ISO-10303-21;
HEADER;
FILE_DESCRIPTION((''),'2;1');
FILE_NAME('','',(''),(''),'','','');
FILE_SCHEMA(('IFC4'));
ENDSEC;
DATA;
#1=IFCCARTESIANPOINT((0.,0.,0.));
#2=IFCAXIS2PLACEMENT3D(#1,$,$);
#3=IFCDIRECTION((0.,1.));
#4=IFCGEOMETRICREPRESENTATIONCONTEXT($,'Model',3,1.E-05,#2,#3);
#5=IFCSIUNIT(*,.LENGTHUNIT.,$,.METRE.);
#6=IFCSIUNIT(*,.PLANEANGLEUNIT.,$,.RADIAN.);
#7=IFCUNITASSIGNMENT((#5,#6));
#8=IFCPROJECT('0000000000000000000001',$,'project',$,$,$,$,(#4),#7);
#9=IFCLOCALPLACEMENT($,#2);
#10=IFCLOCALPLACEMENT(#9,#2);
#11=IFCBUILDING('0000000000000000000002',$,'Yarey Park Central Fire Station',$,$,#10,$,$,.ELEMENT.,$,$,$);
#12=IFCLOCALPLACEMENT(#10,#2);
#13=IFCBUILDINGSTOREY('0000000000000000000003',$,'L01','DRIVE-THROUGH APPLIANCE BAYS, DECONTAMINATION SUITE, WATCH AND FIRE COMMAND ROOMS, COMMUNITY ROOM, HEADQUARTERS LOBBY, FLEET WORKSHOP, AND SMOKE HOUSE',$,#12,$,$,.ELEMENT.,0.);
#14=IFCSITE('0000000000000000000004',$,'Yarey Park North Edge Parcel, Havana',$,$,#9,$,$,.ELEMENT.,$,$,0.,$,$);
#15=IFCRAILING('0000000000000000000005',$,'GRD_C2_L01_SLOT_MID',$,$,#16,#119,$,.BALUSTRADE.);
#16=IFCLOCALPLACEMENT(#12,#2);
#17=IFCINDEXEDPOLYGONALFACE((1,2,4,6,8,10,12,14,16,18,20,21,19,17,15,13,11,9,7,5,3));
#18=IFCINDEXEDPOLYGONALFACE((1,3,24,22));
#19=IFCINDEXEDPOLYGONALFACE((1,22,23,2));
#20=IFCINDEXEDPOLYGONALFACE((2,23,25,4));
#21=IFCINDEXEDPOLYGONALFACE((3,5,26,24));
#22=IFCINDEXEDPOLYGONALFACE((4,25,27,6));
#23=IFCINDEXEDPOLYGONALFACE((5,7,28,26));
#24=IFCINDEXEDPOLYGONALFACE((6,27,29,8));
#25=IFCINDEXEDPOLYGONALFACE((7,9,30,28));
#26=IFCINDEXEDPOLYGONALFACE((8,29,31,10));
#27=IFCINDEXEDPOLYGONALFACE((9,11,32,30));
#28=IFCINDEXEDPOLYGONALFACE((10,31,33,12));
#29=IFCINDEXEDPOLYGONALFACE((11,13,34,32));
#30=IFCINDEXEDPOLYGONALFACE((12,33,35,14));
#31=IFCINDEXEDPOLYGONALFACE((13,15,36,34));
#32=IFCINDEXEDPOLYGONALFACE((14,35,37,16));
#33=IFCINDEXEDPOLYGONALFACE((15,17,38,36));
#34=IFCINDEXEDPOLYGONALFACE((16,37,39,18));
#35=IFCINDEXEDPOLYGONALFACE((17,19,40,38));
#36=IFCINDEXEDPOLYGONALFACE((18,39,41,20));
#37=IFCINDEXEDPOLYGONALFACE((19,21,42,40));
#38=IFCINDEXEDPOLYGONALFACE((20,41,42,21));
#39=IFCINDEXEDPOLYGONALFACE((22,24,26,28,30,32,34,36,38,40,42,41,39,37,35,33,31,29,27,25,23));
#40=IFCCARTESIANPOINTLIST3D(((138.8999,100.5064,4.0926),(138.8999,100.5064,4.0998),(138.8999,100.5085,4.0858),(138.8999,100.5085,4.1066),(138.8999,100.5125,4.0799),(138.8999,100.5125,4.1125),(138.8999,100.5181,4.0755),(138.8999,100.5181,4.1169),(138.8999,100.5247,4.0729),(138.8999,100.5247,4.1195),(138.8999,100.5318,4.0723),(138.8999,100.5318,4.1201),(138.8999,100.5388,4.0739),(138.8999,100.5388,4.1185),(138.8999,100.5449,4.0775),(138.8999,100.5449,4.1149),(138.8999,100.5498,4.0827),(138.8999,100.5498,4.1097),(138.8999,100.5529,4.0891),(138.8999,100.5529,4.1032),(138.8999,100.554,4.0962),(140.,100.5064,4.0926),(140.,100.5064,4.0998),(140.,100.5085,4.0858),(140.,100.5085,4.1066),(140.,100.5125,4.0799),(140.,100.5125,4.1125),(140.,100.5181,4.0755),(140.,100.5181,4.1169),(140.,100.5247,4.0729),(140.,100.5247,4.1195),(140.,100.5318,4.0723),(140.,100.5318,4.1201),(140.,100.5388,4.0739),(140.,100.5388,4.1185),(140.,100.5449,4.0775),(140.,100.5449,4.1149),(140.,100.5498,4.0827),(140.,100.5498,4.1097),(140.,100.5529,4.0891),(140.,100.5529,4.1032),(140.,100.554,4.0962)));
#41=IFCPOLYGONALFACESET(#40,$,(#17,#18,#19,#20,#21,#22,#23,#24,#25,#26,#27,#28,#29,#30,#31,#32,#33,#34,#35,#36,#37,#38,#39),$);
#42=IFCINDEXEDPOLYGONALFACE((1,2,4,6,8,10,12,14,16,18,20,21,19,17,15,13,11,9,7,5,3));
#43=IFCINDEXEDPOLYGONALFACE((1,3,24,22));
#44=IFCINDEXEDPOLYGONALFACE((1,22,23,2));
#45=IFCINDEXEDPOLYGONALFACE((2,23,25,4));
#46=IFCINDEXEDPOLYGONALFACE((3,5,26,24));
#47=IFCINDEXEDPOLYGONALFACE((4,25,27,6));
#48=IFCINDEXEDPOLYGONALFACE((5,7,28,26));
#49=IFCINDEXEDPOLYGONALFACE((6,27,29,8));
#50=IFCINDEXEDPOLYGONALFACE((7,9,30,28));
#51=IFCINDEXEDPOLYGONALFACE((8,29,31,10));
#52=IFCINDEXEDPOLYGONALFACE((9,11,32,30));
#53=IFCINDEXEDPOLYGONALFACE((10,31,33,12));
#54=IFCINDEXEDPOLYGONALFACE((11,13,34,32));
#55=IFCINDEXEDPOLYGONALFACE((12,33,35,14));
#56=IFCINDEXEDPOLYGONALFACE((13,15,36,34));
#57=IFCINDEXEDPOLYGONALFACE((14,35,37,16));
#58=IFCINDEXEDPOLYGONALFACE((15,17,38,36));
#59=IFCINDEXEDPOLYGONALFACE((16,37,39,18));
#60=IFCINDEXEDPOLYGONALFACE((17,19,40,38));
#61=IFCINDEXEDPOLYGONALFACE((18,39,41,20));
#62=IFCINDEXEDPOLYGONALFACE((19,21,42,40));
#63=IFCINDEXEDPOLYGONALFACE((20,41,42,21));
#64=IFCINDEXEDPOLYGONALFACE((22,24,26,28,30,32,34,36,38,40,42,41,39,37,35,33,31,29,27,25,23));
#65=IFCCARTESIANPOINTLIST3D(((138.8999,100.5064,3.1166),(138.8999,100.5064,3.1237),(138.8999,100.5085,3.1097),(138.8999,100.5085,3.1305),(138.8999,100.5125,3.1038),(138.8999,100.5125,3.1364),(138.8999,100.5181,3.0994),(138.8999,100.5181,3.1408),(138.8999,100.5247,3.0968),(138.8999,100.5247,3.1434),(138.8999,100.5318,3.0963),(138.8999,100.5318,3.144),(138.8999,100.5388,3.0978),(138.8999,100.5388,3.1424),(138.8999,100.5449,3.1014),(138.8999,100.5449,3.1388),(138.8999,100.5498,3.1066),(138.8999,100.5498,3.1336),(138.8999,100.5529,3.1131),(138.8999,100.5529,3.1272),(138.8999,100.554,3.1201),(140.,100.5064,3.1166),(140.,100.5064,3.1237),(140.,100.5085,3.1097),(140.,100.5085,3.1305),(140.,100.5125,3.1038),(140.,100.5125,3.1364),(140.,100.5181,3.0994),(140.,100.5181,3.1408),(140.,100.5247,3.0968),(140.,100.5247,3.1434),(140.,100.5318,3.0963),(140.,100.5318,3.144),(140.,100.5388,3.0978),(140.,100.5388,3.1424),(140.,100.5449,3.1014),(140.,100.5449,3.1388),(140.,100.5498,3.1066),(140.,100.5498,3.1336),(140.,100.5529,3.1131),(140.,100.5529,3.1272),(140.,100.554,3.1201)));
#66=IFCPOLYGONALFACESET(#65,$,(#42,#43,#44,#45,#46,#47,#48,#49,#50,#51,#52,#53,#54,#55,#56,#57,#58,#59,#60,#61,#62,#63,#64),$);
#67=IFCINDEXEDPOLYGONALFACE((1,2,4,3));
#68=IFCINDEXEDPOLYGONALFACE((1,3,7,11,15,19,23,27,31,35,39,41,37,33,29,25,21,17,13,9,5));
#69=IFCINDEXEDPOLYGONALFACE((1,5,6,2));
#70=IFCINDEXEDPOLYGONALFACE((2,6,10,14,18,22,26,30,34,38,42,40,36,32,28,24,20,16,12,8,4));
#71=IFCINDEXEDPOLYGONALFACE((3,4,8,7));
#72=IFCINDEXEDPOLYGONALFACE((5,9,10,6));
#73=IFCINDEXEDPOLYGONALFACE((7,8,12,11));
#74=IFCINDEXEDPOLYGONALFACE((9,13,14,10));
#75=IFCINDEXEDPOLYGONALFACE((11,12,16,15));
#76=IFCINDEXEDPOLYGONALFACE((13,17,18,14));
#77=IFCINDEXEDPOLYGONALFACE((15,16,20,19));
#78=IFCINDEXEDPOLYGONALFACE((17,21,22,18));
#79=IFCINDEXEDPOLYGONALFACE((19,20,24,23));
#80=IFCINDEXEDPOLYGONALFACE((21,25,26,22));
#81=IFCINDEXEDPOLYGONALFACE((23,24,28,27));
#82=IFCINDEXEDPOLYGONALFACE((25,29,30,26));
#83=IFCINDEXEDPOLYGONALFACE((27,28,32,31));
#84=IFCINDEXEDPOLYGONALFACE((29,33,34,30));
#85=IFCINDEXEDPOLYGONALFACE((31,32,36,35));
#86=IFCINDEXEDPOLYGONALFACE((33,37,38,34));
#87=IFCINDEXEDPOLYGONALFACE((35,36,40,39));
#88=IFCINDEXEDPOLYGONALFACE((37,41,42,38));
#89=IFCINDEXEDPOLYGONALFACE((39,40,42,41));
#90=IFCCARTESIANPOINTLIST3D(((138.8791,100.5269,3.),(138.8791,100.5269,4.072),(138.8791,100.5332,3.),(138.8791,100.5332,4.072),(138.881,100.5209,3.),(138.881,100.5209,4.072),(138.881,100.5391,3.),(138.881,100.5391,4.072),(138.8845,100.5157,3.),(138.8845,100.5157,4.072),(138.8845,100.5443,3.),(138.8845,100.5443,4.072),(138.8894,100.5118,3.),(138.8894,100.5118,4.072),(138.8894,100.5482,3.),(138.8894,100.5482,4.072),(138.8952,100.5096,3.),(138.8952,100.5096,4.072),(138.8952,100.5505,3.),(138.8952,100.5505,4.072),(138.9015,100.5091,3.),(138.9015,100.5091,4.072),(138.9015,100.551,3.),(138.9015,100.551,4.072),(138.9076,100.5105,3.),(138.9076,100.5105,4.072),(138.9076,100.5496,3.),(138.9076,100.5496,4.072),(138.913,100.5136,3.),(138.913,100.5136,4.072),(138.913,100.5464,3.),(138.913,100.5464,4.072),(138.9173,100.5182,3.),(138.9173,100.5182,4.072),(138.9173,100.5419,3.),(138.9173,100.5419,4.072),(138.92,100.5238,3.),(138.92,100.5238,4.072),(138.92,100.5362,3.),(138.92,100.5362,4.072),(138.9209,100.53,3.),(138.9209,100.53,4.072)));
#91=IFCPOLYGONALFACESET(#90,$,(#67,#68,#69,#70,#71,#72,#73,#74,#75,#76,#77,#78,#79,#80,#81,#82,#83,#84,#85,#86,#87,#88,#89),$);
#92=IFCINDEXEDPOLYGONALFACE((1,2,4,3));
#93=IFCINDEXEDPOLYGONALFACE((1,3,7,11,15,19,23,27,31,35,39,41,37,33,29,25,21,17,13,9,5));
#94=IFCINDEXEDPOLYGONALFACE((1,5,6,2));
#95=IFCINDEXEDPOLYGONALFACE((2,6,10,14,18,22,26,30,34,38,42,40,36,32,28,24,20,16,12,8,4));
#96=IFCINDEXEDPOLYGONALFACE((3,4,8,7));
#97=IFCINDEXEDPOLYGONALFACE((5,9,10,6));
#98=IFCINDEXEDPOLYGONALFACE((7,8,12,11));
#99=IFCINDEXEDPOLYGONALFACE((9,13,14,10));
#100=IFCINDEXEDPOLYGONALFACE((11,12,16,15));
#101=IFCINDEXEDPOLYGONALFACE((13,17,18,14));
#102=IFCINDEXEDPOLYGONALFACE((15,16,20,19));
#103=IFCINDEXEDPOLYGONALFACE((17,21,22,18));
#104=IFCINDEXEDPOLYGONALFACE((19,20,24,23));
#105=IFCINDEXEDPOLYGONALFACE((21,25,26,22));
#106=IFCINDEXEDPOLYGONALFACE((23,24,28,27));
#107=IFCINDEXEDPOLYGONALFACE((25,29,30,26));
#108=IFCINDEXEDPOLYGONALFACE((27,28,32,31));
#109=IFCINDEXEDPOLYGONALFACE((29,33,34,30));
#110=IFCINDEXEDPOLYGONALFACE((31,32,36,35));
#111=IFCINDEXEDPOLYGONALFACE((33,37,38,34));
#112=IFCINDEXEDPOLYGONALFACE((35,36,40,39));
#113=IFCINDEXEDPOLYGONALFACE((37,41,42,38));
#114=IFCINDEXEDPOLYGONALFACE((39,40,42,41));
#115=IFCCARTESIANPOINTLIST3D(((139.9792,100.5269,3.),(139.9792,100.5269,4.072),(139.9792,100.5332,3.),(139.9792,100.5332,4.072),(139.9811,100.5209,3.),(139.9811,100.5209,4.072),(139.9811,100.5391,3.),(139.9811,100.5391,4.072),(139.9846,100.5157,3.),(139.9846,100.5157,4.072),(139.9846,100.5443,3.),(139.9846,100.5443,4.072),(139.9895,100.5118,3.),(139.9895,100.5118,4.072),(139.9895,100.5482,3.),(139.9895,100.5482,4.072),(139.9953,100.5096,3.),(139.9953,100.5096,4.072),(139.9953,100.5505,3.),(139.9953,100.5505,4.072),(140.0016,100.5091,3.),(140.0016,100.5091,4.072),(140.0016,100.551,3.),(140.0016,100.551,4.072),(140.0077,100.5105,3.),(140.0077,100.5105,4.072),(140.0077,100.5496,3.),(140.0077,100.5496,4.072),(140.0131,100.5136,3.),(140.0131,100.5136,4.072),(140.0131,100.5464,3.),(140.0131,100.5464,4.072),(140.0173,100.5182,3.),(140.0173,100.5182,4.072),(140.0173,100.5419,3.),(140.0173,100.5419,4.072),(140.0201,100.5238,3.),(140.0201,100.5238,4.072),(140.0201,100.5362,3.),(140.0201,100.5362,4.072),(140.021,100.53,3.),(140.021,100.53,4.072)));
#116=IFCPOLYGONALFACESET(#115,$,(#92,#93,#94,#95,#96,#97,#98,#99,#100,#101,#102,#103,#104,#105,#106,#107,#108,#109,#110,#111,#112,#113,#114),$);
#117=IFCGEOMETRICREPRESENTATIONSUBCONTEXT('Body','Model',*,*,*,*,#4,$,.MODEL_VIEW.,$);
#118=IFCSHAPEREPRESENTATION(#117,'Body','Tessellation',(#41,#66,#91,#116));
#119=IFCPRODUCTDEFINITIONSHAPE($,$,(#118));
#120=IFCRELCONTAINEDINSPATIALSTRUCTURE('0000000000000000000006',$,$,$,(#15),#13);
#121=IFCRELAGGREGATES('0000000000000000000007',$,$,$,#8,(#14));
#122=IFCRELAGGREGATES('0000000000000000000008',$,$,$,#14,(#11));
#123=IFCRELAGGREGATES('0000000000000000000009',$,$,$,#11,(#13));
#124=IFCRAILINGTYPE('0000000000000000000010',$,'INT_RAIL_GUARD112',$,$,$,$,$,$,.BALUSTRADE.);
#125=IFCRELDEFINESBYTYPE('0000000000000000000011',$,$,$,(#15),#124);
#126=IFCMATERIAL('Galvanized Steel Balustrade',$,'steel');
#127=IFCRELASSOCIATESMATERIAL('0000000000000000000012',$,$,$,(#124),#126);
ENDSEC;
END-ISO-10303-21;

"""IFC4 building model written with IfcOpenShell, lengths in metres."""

from ifc_helpers import new_model, si_unit, direction, frame, origin, origin_2d, place, context, subcontext, project, spatial, circle, extrude, material, type_object, element, save


model = new_model("IFC4")

# Units and contexts
model_context = context("Model", 3, precision=1e-05, world=origin(), true_north=direction((0.0, 1.0)))
body_context = subcontext(model_context, "Body", "Model", "MODEL_VIEW")
ifc_project = project(units=[si_unit("LENGTHUNIT", "METRE"), si_unit("PLANEANGLEUNIT", "RADIAN")], contexts=[model_context])

# Site, building, storey
site_placement = place(None, origin())
site = spatial("IfcSite", under=ifc_project, at=site_placement, Name="Yarey Park North Edge Parcel, Havana", CompositionType="ELEMENT", RefElevation=0.0)
building_placement = place(site_placement, origin())
building = spatial("IfcBuilding", under=site, at=building_placement, Name="Yarey Park Central Fire Station", CompositionType="ELEMENT")
storey_placement = place(building_placement, origin())
storey = spatial("IfcBuildingStorey", under=building, at=storey_placement, Name="L01", Description="DRIVE-THROUGH APPLIANCE BAYS, DECONTAMINATION SUITE, WATCH AND FIRE COMMAND ROOMS, COMMUNITY ROOM, HEADQUARTERS LOBBY, FLEET WORKSHOP, AND SMOKE HOUSE", CompositionType="ELEMENT", Elevation=0.0)

# Railing
ifc_material_1 = material(Name="Galvanized Steel Balustrade", Category="steel")
railing_type_1 = type_object("IfcRailingType", Name="INT_RAIL_GUARD112", PredefinedType="BALUSTRADE", material=ifc_material_1)
railing_1_placement = place(storey_placement, frame((138.8999, 100.53, 3.0)))
element("IfcRailing", 1, at=railing_1_placement, inside=storey, type_object=railing_type_1, Name="GRD_C2_L01_SLOT_MID", PredefinedType="BALUSTRADE", context=body_context, shape_type="SweptSolid", body=[
    extrude(circle(Radius=0.0239, at=origin_2d()), frame((0.0, 0.0, 1.0962), z_axis=(1.0, 0.0, 0.0), x_axis=(0.0, 1.0, 0.0)), (0.0, 0.0, 1.0), 1.1001),
    extrude(circle(Radius=0.0239, at=origin_2d()), frame((0.0, 0.0, 0.1201), z_axis=(1.0, 0.0, 0.0), x_axis=(0.0, 1.0, 0.0)), (0.0, 0.0, 1.0), 1.1001),
    extrude(circle(Radius=0.021, at=origin_2d()), origin(), (0.0, 0.0, 1.0), 1.072),
    extrude(circle(Radius=0.021, at=origin_2d()), frame((1.1001, 0.0, 0.0)), (0.0, 0.0, 1.0), 1.072),
])

save(model, "model.ifc")
